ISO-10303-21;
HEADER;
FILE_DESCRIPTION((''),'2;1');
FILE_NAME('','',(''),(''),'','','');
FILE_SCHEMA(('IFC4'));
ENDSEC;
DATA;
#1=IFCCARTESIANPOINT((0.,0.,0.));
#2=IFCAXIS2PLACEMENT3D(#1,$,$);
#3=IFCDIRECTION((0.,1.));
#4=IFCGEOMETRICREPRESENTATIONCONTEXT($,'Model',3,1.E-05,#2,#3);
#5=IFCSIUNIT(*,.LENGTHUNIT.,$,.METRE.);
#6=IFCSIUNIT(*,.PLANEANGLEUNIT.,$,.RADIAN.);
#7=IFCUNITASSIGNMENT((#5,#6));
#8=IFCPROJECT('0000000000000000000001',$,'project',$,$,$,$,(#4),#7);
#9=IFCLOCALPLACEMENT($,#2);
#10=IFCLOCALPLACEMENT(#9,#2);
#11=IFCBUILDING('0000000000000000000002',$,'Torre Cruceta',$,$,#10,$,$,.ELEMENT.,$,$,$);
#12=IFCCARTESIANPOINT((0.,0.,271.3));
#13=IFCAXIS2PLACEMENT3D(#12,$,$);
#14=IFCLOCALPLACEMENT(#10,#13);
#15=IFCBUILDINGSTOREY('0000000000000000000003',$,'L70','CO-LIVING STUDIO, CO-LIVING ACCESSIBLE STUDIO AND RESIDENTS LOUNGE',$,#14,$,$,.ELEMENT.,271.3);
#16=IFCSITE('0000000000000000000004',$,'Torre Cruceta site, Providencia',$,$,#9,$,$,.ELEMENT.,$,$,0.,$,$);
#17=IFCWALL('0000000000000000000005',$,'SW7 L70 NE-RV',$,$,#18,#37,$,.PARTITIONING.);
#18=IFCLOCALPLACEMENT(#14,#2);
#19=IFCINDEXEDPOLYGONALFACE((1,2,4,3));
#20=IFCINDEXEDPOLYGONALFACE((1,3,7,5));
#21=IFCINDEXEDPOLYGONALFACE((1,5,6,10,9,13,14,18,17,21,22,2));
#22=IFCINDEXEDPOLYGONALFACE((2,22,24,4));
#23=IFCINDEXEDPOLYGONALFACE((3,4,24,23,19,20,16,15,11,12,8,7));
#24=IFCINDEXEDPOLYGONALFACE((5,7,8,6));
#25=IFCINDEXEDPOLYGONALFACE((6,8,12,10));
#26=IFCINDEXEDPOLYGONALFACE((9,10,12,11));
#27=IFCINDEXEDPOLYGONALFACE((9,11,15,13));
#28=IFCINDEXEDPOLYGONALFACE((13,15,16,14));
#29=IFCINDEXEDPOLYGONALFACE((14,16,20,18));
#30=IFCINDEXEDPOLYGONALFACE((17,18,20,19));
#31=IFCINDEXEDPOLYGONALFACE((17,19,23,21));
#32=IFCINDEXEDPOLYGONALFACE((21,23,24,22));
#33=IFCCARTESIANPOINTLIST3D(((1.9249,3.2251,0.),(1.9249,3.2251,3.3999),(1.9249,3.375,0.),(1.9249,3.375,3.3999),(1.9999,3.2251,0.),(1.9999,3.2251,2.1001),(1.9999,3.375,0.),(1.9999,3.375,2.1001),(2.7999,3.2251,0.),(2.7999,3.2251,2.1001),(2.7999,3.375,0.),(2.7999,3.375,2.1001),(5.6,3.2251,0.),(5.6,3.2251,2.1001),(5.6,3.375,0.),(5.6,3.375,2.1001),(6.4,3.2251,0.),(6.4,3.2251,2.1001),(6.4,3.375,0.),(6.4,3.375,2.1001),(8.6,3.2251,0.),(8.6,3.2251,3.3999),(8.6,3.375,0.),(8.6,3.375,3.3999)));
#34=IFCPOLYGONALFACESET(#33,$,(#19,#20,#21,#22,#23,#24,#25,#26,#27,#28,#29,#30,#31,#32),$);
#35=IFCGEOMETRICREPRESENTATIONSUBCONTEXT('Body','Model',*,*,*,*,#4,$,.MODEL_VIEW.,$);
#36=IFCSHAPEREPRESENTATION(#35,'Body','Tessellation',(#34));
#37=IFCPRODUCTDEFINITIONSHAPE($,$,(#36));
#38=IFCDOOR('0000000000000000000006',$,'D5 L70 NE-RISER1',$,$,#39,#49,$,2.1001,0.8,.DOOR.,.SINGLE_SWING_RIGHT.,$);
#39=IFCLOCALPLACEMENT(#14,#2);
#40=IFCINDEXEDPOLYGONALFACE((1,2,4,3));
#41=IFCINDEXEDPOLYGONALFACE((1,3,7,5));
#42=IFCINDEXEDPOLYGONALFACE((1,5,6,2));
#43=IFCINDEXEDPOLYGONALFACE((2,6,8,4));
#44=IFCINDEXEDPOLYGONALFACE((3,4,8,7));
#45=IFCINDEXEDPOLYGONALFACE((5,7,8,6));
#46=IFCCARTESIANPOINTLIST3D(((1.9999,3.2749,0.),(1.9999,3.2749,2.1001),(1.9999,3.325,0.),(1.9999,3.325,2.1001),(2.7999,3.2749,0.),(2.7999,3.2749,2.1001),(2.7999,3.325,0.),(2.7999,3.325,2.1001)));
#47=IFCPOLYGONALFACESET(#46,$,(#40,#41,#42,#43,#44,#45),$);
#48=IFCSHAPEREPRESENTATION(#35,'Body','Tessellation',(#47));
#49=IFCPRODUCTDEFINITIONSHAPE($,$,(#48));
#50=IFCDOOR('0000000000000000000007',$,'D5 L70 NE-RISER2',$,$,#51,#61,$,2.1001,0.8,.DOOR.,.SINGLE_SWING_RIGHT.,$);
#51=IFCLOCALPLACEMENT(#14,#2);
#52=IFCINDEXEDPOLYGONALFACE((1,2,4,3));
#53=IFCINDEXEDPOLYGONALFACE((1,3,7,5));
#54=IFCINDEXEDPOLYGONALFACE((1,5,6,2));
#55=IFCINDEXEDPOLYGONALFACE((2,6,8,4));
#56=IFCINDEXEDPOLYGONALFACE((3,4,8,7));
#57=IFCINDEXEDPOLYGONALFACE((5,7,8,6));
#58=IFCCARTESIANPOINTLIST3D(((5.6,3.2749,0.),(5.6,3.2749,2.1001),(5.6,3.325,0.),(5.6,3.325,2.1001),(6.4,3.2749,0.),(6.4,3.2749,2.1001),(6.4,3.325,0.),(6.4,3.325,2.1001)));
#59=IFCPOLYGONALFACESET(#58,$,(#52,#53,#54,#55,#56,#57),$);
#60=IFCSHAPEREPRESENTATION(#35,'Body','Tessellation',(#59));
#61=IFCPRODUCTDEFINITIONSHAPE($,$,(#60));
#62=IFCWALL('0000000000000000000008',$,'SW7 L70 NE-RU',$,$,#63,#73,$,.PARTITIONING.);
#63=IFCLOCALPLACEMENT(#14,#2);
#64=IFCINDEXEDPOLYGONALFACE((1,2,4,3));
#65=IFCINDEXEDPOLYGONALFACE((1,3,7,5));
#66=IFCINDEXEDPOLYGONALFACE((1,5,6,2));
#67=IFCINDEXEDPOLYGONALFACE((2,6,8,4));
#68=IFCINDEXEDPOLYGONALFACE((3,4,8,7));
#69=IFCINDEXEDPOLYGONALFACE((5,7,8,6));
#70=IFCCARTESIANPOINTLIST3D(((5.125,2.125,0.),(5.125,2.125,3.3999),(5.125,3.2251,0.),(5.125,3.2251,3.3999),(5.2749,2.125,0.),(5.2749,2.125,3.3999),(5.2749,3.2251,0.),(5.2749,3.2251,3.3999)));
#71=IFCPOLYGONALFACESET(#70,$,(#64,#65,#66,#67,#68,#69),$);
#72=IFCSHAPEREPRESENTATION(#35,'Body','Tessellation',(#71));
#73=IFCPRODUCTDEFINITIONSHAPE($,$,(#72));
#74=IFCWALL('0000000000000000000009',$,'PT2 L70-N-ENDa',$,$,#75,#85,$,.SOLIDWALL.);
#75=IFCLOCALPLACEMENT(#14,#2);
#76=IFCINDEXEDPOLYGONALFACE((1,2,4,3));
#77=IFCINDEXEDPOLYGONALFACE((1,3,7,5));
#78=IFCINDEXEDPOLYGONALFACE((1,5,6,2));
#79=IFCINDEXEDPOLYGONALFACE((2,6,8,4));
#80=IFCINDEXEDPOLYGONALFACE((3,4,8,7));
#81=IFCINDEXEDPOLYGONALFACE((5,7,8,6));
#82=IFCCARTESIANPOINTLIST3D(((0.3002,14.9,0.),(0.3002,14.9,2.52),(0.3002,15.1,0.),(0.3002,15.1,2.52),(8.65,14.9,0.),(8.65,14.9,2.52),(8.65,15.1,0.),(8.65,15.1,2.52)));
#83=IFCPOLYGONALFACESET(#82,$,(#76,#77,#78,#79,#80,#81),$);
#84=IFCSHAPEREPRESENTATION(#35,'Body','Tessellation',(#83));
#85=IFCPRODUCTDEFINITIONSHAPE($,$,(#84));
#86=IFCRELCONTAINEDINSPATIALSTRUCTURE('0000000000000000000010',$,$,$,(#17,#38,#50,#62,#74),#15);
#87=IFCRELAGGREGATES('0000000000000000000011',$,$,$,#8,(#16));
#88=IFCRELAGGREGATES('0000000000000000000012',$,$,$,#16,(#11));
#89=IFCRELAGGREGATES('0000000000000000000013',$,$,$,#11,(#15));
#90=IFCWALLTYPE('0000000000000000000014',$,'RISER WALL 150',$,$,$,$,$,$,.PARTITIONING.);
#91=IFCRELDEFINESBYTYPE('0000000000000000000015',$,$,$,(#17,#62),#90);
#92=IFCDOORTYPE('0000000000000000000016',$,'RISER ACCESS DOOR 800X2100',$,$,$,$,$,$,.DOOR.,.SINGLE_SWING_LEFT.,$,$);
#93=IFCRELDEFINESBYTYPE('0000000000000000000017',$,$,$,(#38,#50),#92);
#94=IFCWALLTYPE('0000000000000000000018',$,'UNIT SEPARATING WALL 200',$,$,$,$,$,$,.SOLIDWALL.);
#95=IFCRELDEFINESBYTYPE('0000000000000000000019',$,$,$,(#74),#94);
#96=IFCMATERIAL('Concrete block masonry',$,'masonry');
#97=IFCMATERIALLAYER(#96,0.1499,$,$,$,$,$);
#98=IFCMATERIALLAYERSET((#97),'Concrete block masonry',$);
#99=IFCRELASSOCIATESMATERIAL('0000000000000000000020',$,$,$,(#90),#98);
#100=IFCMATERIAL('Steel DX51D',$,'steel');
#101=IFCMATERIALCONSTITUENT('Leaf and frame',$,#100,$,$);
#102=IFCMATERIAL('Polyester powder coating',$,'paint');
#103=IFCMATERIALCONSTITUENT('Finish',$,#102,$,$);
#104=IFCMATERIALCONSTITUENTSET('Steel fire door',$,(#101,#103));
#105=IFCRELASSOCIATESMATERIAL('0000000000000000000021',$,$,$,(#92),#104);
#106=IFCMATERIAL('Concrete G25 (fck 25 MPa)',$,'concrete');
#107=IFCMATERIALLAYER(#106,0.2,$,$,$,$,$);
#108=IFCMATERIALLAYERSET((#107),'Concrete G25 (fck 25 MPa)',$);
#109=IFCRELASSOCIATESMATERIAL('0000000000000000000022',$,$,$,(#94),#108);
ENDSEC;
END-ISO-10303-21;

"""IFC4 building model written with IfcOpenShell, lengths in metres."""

from ifc_helpers import new_model, si_unit, direction, frame, frame_2d, origin, place, context, subcontext, project, spatial, rectangle, extrude, material, layer, layer_set, constituent, constituent_set, type_object, element, fill, save


model = new_model("IFC4")

# Units and contexts
model_context = context("Model", 3, precision=1e-05, world=origin(), true_north=direction((0.0, 1.0)))
body_context = subcontext(model_context, "Body", "Model", "MODEL_VIEW")
ifc_project = project(units=[si_unit("LENGTHUNIT", "METRE"), si_unit("PLANEANGLEUNIT", "RADIAN")], contexts=[model_context])

# Site, building, storey
site_placement = place(None, origin())
site = spatial("IfcSite", under=ifc_project, at=site_placement, Name="Torre Cruceta site, Providencia", CompositionType="ELEMENT", RefElevation=0.0)
building_placement = place(site_placement, origin())
building = spatial("IfcBuilding", under=site, at=building_placement, Name="Torre Cruceta", CompositionType="ELEMENT")
storey_placement = place(building_placement, frame((0.0, 0.0, 271.3)))
storey = spatial("IfcBuildingStorey", under=building, at=storey_placement, Name="L70", Description="CO-LIVING STUDIO, CO-LIVING ACCESSIBLE STUDIO AND RESIDENTS LOUNGE", CompositionType="ELEMENT", Elevation=271.3)

# Wall, openings, doors
ifc_material_1 = material(Name="Concrete block masonry", Category="masonry")
ifc_layer_1 = layer(ifc_material_1, 0.1499)
ifc_layer_set_1 = layer_set([ifc_layer_1], Name="Concrete block masonry")
wall_type_1 = type_object("IfcWallType", Name="RISER WALL 150", PredefinedType="PARTITIONING", material=ifc_layer_set_1)
wall_1_placement = place(storey_placement, frame((1.925, 3.3, 0.0), z_axis=(0.0, 0.0, 1.0), x_axis=(1.0, 0.0, 0.0)))
wall_1 = element("IfcWall", 1, at=wall_1_placement, inside=storey, type_object=wall_type_1, Name="SW7 L70 NE-RV", PredefinedType="PARTITIONING", context=body_context, shape_type="SweptSolid", body=[
    extrude(rectangle(XDim=6.675, YDim=0.1499, at=frame_2d((3.3374, 0.0))), origin(), (0.0, 0.0, 1.0), 3.3999),
])
opening_1_placement = place(wall_1_placement, frame((0.075, 0.0, 0.0)))
opening_1 = element("IfcOpeningElement", 2, at=opening_1_placement, cuts=wall_1, PredefinedType="OPENING", context=body_context, shape_type="SweptSolid", body=[
    extrude(rectangle(XDim=0.8, YDim=2.1001, at=frame_2d((0.3999, 1.05))), frame((0.0, 0.085, 0.0), z_axis=(0.0, -1.0, 0.0), x_axis=(1.0, 0.0, 0.0)), (0.0, 0.0, 1.0), 0.1699),
])
opening_2_placement = place(wall_1_placement, frame((3.675, 0.0, 0.0)))
opening_2 = element("IfcOpeningElement", 3, at=opening_2_placement, cuts=wall_1, PredefinedType="OPENING", context=body_context, shape_type="SweptSolid", body=[
    extrude(rectangle(XDim=0.8, YDim=2.1001, at=frame_2d((0.3999, 1.05))), frame((0.0, 0.085, 0.0), z_axis=(0.0, -1.0, 0.0), x_axis=(1.0, 0.0, 0.0)), (0.0, 0.0, 1.0), 0.1699),
])
ifc_material_2 = material(Name="Steel DX51D", Category="steel")
ifc_constituent_1 = constituent(ifc_material_2, Name="Leaf and frame")
ifc_material_3 = material(Name="Polyester powder coating", Category="paint")
ifc_constituent_2 = constituent(ifc_material_3, Name="Finish")
ifc_constituent_set_1 = constituent_set(constituents=[ifc_constituent_1, ifc_constituent_2], Name="Steel fire door")
door_type_1 = type_object("IfcDoorType", Name="RISER ACCESS DOOR 800X2100", OperationType="SINGLE_SWING_LEFT", PredefinedType="DOOR", material=ifc_constituent_set_1)
door_1_placement = place(opening_1_placement, frame((0.8, 0.0, 0.0), z_axis=(0.0, 0.0, 1.0), x_axis=(-1.0, 0.0, 0.0)))
door_1 = element("IfcDoor", 4, at=door_1_placement, inside=storey, type_object=door_type_1, Name="D5 L70 NE-RISER1", OperationType="SINGLE_SWING_RIGHT", OverallHeight=2.1001, OverallWidth=0.8, PredefinedType="DOOR", context=body_context, shape_type="SweptSolid", body=[
    extrude(rectangle(XDim=0.8, YDim=2.1001, at=frame_2d((0.4001, 1.05))), frame((0.0, 0.0251, 0.0), z_axis=(0.0, -1.0, 0.0), x_axis=(1.0, 0.0, 0.0)), (0.0, 0.0, 1.0), 0.05),
])
fill(opening_1, door_1)
door_2_placement = place(opening_2_placement, frame((0.8, 0.0, 0.0), z_axis=(0.0, 0.0, 1.0), x_axis=(-1.0, 0.0, 0.0)))
door_2 = element("IfcDoor", 5, at=door_2_placement, inside=storey, type_object=door_type_1, Name="D5 L70 NE-RISER2", OperationType="SINGLE_SWING_RIGHT", OverallHeight=2.1001, OverallWidth=0.8, PredefinedType="DOOR", context=body_context, shape_type="SweptSolid", body=[
    extrude(rectangle(XDim=0.8, YDim=2.1001, at=frame_2d((0.4001, 1.05))), frame((0.0, 0.0251, 0.0), z_axis=(0.0, -1.0, 0.0), x_axis=(1.0, 0.0, 0.0)), (0.0, 0.0, 1.0), 0.05),
])
fill(opening_2, door_2)

# Walls
wall_2_placement = place(storey_placement, frame((5.2, 2.125, 0.0), z_axis=(0.0, 0.0, 1.0), x_axis=(0.0, 1.0, 0.0)))
element("IfcWall", 6, at=wall_2_placement, inside=storey, type_object=wall_type_1, Name="SW7 L70 NE-RU", PredefinedType="PARTITIONING", context=body_context, shape_type="SweptSolid", body=[
    extrude(rectangle(XDim=1.1001, YDim=0.1499, at=frame_2d((0.55, 0.0))), origin(), (0.0, 0.0, 1.0), 3.3999),
])
ifc_material_4 = material(Name="Concrete G25 (fck 25 MPa)", Category="concrete")
ifc_layer_2 = layer(ifc_material_4, 0.2)
ifc_layer_set_2 = layer_set([ifc_layer_2], Name="Concrete G25 (fck 25 MPa)")
wall_type_2 = type_object("IfcWallType", Name="UNIT SEPARATING WALL 200", PredefinedType="SOLIDWALL", material=ifc_layer_set_2)
wall_3_placement = place(storey_placement, frame((8.6499, 15.0, 0.0), z_axis=(0.0, 0.0, 1.0), x_axis=(-1.0, 0.0, 0.0)))
element("IfcWall", 7, at=wall_3_placement, inside=storey, type_object=wall_type_2, Name="PT2 L70-N-ENDa", PredefinedType="SOLIDWALL", context=body_context, shape_type="SweptSolid", body=[
    extrude(rectangle(XDim=8.3499, YDim=0.2, at=frame_2d((4.1748, 0.0))), origin(), (0.0, 0.0, 1.0), 2.52),
])

save(model, "model.ifc")
